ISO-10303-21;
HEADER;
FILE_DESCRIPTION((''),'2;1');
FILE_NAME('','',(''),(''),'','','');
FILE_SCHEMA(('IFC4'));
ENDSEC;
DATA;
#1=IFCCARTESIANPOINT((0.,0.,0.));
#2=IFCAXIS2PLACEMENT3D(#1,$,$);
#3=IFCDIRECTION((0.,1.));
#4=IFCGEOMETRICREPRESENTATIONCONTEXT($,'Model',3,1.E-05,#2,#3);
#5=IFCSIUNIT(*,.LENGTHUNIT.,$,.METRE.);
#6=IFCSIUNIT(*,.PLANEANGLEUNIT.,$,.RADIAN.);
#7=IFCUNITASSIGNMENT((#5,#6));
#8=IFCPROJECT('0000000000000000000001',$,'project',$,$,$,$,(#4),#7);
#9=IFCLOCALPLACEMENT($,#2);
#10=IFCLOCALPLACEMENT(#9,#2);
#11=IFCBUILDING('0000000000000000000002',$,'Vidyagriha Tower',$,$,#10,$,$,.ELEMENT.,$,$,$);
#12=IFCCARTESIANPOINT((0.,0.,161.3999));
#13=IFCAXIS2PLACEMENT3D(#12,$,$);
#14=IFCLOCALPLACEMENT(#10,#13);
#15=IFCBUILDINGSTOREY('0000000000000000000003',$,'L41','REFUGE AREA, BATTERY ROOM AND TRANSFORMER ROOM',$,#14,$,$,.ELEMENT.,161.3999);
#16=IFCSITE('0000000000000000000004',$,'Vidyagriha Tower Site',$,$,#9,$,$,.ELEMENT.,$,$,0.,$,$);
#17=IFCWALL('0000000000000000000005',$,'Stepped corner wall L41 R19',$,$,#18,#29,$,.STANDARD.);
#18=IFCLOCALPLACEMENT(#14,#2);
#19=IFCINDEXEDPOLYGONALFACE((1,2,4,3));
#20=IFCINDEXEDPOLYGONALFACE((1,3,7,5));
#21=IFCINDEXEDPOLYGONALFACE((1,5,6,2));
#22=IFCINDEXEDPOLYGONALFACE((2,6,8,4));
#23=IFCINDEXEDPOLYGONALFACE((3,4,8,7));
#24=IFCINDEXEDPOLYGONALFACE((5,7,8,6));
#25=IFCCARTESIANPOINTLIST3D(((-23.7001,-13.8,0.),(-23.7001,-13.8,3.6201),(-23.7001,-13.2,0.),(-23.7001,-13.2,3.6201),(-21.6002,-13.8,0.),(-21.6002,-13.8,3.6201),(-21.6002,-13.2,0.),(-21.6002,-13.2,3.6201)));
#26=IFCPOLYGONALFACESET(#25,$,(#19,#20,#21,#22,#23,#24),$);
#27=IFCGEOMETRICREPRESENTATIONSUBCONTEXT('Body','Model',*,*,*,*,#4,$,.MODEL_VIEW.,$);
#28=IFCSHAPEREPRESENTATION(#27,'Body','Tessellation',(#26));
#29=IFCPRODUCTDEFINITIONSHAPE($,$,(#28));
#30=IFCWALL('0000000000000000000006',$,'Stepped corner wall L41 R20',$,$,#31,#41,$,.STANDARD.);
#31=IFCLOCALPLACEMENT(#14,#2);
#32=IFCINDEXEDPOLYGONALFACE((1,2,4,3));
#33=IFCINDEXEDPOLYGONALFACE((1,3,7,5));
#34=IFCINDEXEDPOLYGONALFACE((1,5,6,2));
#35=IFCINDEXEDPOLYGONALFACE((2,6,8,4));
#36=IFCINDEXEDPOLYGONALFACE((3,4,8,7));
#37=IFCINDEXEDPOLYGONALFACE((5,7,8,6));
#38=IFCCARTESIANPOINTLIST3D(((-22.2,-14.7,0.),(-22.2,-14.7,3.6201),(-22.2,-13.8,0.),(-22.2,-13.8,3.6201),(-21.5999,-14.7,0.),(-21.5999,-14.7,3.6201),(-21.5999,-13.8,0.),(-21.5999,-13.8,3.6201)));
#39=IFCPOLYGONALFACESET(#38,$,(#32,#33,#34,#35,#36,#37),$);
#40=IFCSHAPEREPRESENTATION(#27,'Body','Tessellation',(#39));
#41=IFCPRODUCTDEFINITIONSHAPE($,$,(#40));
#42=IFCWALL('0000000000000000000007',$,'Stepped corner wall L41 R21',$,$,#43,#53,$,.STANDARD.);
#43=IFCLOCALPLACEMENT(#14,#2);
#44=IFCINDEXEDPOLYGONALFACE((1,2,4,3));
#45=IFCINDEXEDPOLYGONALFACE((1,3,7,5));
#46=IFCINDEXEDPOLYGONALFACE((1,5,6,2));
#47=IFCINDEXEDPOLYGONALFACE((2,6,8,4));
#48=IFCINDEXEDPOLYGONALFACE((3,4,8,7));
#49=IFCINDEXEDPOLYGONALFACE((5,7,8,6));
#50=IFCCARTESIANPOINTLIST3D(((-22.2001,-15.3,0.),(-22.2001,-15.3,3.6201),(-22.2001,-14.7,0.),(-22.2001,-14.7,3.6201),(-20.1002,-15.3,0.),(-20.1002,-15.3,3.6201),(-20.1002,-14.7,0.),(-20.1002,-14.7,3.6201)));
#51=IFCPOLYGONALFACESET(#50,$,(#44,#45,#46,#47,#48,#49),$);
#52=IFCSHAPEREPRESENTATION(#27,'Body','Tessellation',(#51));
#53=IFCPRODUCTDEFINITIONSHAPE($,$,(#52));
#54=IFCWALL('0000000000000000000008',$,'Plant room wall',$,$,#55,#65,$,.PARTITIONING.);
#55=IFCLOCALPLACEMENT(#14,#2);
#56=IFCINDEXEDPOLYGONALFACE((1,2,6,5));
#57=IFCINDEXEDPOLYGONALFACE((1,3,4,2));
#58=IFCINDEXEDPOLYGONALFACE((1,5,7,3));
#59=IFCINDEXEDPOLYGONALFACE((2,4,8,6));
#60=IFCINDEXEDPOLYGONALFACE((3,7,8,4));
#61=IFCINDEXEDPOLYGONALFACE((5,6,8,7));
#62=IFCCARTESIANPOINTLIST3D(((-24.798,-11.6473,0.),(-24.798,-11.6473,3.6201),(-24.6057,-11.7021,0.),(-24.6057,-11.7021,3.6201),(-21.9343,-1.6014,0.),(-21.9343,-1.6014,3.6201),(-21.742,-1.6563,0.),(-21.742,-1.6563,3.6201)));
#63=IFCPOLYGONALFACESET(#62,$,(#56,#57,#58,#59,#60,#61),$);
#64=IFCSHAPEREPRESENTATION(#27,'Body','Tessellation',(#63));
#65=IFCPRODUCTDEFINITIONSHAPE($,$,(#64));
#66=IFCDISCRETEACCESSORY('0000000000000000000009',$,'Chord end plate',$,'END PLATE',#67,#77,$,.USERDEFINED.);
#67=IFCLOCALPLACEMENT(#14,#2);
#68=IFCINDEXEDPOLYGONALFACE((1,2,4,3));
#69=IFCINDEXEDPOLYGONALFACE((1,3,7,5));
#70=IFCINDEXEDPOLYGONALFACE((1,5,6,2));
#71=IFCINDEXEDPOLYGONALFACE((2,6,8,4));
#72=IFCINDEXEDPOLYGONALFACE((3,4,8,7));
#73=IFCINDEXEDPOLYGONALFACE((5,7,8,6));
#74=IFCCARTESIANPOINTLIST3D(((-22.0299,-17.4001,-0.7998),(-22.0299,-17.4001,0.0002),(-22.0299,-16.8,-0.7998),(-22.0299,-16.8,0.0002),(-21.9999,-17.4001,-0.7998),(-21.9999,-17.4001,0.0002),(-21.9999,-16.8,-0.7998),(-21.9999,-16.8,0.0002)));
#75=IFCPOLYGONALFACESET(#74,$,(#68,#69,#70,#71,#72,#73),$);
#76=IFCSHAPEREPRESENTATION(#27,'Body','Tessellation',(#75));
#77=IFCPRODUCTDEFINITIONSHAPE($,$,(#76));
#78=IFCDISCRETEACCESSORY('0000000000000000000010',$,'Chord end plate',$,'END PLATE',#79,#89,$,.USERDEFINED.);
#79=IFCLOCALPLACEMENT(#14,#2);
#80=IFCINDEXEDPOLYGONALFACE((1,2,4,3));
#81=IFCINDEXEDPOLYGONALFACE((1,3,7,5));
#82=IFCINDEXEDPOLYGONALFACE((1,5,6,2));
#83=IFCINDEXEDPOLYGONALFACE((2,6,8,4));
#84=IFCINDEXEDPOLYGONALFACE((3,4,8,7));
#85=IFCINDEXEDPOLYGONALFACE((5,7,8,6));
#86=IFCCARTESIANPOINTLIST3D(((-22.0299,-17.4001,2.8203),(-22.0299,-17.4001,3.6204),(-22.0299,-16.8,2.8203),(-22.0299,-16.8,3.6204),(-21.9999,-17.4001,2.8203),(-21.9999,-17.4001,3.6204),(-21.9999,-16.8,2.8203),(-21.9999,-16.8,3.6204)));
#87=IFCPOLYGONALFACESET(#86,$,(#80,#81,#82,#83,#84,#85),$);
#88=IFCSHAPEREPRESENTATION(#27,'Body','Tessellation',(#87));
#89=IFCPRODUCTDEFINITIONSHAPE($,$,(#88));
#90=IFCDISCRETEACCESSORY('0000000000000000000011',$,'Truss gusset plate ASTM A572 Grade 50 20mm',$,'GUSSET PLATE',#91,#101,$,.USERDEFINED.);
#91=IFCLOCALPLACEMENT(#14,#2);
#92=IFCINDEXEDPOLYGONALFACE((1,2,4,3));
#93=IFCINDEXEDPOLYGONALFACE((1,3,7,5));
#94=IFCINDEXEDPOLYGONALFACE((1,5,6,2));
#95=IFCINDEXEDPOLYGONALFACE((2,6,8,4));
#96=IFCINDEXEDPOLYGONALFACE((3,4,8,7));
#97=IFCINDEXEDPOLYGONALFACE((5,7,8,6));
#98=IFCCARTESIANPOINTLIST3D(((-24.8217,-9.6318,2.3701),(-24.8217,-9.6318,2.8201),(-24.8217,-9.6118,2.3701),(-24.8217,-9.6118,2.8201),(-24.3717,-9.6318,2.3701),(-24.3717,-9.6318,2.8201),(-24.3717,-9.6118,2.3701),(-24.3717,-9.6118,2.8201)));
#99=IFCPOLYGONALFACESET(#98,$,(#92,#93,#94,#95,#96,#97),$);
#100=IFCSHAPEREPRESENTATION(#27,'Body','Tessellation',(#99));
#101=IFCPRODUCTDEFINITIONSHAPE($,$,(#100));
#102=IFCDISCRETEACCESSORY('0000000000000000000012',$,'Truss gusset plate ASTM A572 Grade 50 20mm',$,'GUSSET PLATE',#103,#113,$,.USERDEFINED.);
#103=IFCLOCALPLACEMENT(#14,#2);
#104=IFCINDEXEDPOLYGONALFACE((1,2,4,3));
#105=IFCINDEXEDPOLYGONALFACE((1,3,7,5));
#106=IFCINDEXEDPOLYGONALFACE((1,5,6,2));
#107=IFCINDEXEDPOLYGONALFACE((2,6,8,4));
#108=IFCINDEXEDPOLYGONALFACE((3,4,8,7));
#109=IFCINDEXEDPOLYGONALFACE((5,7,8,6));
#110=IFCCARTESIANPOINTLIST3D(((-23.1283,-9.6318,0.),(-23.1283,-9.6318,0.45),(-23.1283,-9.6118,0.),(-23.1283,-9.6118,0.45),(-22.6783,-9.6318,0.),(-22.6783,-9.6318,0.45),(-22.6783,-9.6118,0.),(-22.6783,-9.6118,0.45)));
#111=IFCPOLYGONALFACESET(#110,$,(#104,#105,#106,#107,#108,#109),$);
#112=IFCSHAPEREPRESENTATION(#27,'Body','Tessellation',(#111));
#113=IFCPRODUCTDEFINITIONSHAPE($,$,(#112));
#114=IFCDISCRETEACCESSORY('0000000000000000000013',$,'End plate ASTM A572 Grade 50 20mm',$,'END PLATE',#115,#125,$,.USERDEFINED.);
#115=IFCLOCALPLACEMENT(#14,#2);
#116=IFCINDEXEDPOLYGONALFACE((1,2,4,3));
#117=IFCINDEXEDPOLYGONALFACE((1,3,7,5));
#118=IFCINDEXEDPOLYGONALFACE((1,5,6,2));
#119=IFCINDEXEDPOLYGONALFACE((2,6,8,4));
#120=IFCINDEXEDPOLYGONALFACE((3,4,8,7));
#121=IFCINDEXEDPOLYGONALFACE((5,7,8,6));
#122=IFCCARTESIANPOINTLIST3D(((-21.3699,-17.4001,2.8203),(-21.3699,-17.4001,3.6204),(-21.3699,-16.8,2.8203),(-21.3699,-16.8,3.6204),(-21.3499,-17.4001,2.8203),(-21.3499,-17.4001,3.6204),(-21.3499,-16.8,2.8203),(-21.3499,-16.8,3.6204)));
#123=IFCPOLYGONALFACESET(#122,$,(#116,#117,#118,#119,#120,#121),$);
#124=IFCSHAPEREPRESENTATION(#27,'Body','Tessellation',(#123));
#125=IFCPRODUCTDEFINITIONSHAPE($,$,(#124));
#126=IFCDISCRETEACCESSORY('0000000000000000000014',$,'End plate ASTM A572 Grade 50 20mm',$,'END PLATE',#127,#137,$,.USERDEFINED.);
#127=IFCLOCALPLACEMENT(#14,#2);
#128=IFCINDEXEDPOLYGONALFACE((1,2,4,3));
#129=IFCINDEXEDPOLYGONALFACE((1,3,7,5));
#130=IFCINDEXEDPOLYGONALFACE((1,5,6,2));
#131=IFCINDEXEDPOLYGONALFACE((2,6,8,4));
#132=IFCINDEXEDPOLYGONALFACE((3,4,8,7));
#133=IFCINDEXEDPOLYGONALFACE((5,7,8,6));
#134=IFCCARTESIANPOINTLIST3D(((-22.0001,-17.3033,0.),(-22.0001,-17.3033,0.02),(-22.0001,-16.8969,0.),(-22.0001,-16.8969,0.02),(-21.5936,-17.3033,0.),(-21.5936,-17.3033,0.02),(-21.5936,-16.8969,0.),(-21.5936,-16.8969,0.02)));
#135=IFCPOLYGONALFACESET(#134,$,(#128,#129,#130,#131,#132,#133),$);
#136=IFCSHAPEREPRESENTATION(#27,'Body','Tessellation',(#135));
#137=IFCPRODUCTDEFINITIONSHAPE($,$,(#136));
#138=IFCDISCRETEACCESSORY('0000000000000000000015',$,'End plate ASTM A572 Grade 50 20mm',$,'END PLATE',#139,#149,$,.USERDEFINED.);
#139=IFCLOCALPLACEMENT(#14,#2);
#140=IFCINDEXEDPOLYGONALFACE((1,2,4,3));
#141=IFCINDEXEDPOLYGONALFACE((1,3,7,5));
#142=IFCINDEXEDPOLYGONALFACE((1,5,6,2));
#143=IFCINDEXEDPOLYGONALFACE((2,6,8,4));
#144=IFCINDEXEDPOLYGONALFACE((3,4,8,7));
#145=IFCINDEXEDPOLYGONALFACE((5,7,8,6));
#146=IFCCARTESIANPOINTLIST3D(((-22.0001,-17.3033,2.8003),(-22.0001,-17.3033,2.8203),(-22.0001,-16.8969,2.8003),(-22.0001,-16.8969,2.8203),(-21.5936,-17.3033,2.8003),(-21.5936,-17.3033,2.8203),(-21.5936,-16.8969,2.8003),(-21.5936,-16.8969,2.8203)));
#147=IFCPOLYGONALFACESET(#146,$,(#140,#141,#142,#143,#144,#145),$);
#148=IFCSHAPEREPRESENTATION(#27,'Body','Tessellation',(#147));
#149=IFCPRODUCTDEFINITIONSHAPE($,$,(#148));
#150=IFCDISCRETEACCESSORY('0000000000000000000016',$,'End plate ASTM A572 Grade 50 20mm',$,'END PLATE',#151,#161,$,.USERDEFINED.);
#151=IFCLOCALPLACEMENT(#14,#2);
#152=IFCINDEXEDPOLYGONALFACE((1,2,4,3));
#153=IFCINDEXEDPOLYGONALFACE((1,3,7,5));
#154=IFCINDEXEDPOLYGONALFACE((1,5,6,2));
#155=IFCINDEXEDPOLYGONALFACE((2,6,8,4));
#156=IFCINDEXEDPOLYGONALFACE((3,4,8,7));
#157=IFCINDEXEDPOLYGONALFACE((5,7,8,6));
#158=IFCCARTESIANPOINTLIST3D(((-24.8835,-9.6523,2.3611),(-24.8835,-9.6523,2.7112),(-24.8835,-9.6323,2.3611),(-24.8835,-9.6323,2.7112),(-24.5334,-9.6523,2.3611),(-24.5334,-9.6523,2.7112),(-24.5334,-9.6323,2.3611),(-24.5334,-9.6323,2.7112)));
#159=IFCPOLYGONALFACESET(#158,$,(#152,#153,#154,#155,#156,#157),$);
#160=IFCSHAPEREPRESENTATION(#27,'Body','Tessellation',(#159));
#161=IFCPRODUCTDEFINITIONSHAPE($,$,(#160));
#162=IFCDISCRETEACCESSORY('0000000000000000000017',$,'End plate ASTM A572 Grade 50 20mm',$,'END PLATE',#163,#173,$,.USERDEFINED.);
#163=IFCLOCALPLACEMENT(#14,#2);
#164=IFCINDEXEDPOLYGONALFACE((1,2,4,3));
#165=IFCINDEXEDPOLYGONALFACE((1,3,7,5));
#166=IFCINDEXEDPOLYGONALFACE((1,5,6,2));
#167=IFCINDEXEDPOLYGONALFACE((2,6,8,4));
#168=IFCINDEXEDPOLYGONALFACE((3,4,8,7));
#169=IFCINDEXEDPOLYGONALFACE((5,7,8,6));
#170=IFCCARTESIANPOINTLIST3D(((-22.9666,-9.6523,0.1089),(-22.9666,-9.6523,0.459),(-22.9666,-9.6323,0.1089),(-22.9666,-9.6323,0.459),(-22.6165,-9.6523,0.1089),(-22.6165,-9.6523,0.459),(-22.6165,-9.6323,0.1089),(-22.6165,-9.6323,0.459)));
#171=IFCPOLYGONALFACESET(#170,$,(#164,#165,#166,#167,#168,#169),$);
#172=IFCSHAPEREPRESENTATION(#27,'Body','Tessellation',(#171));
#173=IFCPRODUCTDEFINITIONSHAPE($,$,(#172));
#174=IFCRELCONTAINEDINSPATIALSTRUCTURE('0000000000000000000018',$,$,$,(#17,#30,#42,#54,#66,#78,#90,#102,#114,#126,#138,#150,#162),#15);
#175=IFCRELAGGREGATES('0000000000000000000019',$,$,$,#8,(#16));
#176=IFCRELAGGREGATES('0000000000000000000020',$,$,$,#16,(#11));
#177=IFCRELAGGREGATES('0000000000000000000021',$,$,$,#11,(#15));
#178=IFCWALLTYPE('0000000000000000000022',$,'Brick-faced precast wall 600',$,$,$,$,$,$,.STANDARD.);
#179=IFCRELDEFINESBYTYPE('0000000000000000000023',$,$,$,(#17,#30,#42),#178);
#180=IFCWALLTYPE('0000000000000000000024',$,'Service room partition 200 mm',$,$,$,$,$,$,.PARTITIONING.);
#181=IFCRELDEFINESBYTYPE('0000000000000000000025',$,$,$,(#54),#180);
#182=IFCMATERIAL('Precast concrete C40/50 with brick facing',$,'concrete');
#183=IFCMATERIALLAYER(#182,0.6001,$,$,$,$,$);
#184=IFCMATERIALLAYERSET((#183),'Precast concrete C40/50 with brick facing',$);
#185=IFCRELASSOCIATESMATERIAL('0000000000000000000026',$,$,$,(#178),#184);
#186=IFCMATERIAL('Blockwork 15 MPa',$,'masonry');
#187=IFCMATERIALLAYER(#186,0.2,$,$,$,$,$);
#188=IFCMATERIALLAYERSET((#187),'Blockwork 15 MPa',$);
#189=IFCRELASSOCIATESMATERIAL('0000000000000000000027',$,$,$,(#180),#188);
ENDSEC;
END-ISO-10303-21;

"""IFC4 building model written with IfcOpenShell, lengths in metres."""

from ifc_helpers import new_model, si_unit, direction, frame, frame_2d, origin, origin_2d, place, context, subcontext, project, spatial, rectangle, extrude, material, layer, layer_set, type_object, element, save


model = new_model("IFC4")

# Units and contexts
model_context = context("Model", 3, precision=1e-05, world=origin(), true_north=direction((0.0, 1.0)))
body_context = subcontext(model_context, "Body", "Model", "MODEL_VIEW")
ifc_project = project(units=[si_unit("LENGTHUNIT", "METRE"), si_unit("PLANEANGLEUNIT", "RADIAN")], contexts=[model_context])

# Site, building, storey
site_placement = place(None, origin())
site = spatial("IfcSite", under=ifc_project, at=site_placement, Name="Vidyagriha Tower Site", CompositionType="ELEMENT", RefElevation=0.0)
building_placement = place(site_placement, origin())
building = spatial("IfcBuilding", under=site, at=building_placement, Name="Vidyagriha Tower", CompositionType="ELEMENT")
storey_placement = place(building_placement, frame((0.0, 0.0, 161.3999)))
storey = spatial("IfcBuildingStorey", under=building, at=storey_placement, Name="L41", Description="REFUGE AREA, BATTERY ROOM AND TRANSFORMER ROOM", CompositionType="ELEMENT", Elevation=161.3999)

# Walls
ifc_material_1 = material(Name="Precast concrete C40/50 with brick facing", Category="concrete")
ifc_layer_1 = layer(ifc_material_1, 0.6001)
ifc_layer_set_1 = layer_set([ifc_layer_1], Name="Precast concrete C40/50 with brick facing")
wall_type_1 = type_object("IfcWallType", Name="Brick-faced precast wall 600", PredefinedType="STANDARD", material=ifc_layer_set_1)
wall_1_placement = place(storey_placement, frame((-23.7, -13.5, 0.0)))
element("IfcWall", 1, at=wall_1_placement, inside=storey, type_object=wall_type_1, Name="Stepped corner wall L41 R19", PredefinedType="STANDARD", context=body_context, shape_type="SweptSolid", body=[
    extrude(rectangle(XDim=2.0999, YDim=0.6001, at=frame_2d((1.0498, 0.0))), origin(), (0.0, 0.0, 1.0), 3.6201),
])
wall_2_placement = place(storey_placement, frame((-21.8999, -13.8, 0.0), z_axis=(0.0, 0.0, 1.0), x_axis=(0.0, -1.0, 0.0)))
element("IfcWall", 2, at=wall_2_placement, inside=storey, type_object=wall_type_1, Name="Stepped corner wall L41 R20", PredefinedType="STANDARD", context=body_context, shape_type="SweptSolid", body=[
    extrude(rectangle(XDim=0.8999, YDim=0.6001, at=frame_2d((0.45, 0.0))), origin(), (0.0, 0.0, 1.0), 3.6201),
])
wall_3_placement = place(storey_placement, frame((-22.2, -15.0, 0.0)))
element("IfcWall", 3, at=wall_3_placement, inside=storey, type_object=wall_type_1, Name="Stepped corner wall L41 R21", PredefinedType="STANDARD", context=body_context, shape_type="SweptSolid", body=[
    extrude(rectangle(XDim=2.0999, YDim=0.6001, at=frame_2d((1.0498, 0.0))), origin(), (0.0, 0.0, 1.0), 3.6201),
])
ifc_material_2 = material(Name="Blockwork 15 MPa", Category="masonry")
ifc_layer_2 = layer(ifc_material_2, 0.2)
ifc_layer_set_2 = layer_set([ifc_layer_2], Name="Blockwork 15 MPa")
wall_type_2 = type_object("IfcWallType", Name="Service room partition 200 mm", PredefinedType="PARTITIONING", material=ifc_layer_set_2)
wall_4_placement = place(storey_placement, frame((-24.7019, -11.6748, 0.0), z_axis=(0.0, 0.0, 1.0), x_axis=(0.274147, 0.961688, 0.0)))
element("IfcWall", 4, at=wall_4_placement, inside=storey, type_object=wall_type_2, Name="Plant room wall", PredefinedType="PARTITIONING", context=body_context, shape_type="SweptSolid", body=[
    extrude(rectangle(XDim=10.446, YDim=0.2, at=frame_2d((5.2231, 0.0))), origin(), (0.0, 0.0, 1.0), 3.6201),
])

# Discrete accessories
for number, where, z_axis, x_axis, name in (
    (5, (-22.0149, -17.1001, -0.7998), (0.0, 0.0, 1.0), (-1.0, 0.0, 0.0), "Chord end plate"),
    (6, (-22.0149, -17.1001, 2.8203), (0.0, 0.0, 1.0), (-1.0, 0.0, 0.0), "Chord end plate"),
):
    element("IfcDiscreteAccessory", number, at=place(storey_placement, frame(where, z_axis=z_axis, x_axis=x_axis)), inside=storey, Name=name, ObjectType="END PLATE", PredefinedType="USERDEFINED", context=body_context, shape_type="SweptSolid", body=[
        extrude(rectangle(XDim=0.03, YDim=0.6001, at=origin_2d()), origin(), (0.0, 0.0, 1.0), 0.8),
    ])
for number, where, name in (
    (7, (-24.5967, -9.6218, 2.3701), "Truss gusset plate ASTM A572 Grade 50 20mm"),
    (8, (-22.9033, -9.6218, 0.0), "Truss gusset plate ASTM A572 Grade 50 20mm"),
):
    element("IfcDiscreteAccessory", number, at=place(storey_placement, frame(where)), inside=storey, Name=name, ObjectType="GUSSET PLATE", PredefinedType="USERDEFINED", context=body_context, shape_type="SweptSolid", body=[
        extrude(rectangle(XDim=0.45, YDim=0.02, at=origin_2d()), origin(), (0.0, 0.0, 1.0), 0.45),
    ])
discrete_accessory_1_placement = place(storey_placement, frame((-21.3599, -17.1001, 2.8203)))
element("IfcDiscreteAccessory", 9, at=discrete_accessory_1_placement, inside=storey, Name="End plate ASTM A572 Grade 50 20mm", ObjectType="END PLATE", PredefinedType="USERDEFINED", context=body_context, shape_type="SweptSolid", body=[
    extrude(rectangle(XDim=0.02, YDim=0.6001, at=origin_2d()), origin(), (0.0, 0.0, 1.0), 0.8),
])
for number, where, name in (
    (10, (-21.7969, -17.1001, 0.0), "End plate ASTM A572 Grade 50 20mm"),
    (11, (-21.7969, -17.1001, 2.8003), "End plate ASTM A572 Grade 50 20mm"),
):
    element("IfcDiscreteAccessory", number, at=place(storey_placement, frame(where)), inside=storey, Name=name, ObjectType="END PLATE", PredefinedType="USERDEFINED", context=body_context, shape_type="SweptSolid", body=[
        extrude(rectangle(XDim=0.4065, YDim=0.4065, at=origin_2d()), origin(), (0.0, 0.0, 1.0), 0.02),
    ])
discrete_accessory_2_placement = place(storey_placement, frame((-24.7085, -9.6423, 2.3611), z_axis=(0.0, 0.0, 1.0), x_axis=(-1.0, 0.0, 0.0)))
element("IfcDiscreteAccessory", 12, at=discrete_accessory_2_placement, inside=storey, Name="End plate ASTM A572 Grade 50 20mm", ObjectType="END PLATE", PredefinedType="USERDEFINED", context=body_context, shape_type="SweptSolid", body=[
    extrude(rectangle(XDim=0.3501, YDim=0.02, at=origin_2d()), origin(), (0.0, 0.0, 1.0), 0.3501),
])
discrete_accessory_3_placement = place(storey_placement, frame((-22.7915, -9.6423, 0.1089)))
element("IfcDiscreteAccessory", 13, at=discrete_accessory_3_placement, inside=storey, Name="End plate ASTM A572 Grade 50 20mm", ObjectType="END PLATE", PredefinedType="USERDEFINED", context=body_context, shape_type="SweptSolid", body=[
    extrude(rectangle(XDim=0.3501, YDim=0.02, at=origin_2d()), origin(), (0.0, 0.0, 1.0), 0.3501),
])

save(model, "model.ifc")
